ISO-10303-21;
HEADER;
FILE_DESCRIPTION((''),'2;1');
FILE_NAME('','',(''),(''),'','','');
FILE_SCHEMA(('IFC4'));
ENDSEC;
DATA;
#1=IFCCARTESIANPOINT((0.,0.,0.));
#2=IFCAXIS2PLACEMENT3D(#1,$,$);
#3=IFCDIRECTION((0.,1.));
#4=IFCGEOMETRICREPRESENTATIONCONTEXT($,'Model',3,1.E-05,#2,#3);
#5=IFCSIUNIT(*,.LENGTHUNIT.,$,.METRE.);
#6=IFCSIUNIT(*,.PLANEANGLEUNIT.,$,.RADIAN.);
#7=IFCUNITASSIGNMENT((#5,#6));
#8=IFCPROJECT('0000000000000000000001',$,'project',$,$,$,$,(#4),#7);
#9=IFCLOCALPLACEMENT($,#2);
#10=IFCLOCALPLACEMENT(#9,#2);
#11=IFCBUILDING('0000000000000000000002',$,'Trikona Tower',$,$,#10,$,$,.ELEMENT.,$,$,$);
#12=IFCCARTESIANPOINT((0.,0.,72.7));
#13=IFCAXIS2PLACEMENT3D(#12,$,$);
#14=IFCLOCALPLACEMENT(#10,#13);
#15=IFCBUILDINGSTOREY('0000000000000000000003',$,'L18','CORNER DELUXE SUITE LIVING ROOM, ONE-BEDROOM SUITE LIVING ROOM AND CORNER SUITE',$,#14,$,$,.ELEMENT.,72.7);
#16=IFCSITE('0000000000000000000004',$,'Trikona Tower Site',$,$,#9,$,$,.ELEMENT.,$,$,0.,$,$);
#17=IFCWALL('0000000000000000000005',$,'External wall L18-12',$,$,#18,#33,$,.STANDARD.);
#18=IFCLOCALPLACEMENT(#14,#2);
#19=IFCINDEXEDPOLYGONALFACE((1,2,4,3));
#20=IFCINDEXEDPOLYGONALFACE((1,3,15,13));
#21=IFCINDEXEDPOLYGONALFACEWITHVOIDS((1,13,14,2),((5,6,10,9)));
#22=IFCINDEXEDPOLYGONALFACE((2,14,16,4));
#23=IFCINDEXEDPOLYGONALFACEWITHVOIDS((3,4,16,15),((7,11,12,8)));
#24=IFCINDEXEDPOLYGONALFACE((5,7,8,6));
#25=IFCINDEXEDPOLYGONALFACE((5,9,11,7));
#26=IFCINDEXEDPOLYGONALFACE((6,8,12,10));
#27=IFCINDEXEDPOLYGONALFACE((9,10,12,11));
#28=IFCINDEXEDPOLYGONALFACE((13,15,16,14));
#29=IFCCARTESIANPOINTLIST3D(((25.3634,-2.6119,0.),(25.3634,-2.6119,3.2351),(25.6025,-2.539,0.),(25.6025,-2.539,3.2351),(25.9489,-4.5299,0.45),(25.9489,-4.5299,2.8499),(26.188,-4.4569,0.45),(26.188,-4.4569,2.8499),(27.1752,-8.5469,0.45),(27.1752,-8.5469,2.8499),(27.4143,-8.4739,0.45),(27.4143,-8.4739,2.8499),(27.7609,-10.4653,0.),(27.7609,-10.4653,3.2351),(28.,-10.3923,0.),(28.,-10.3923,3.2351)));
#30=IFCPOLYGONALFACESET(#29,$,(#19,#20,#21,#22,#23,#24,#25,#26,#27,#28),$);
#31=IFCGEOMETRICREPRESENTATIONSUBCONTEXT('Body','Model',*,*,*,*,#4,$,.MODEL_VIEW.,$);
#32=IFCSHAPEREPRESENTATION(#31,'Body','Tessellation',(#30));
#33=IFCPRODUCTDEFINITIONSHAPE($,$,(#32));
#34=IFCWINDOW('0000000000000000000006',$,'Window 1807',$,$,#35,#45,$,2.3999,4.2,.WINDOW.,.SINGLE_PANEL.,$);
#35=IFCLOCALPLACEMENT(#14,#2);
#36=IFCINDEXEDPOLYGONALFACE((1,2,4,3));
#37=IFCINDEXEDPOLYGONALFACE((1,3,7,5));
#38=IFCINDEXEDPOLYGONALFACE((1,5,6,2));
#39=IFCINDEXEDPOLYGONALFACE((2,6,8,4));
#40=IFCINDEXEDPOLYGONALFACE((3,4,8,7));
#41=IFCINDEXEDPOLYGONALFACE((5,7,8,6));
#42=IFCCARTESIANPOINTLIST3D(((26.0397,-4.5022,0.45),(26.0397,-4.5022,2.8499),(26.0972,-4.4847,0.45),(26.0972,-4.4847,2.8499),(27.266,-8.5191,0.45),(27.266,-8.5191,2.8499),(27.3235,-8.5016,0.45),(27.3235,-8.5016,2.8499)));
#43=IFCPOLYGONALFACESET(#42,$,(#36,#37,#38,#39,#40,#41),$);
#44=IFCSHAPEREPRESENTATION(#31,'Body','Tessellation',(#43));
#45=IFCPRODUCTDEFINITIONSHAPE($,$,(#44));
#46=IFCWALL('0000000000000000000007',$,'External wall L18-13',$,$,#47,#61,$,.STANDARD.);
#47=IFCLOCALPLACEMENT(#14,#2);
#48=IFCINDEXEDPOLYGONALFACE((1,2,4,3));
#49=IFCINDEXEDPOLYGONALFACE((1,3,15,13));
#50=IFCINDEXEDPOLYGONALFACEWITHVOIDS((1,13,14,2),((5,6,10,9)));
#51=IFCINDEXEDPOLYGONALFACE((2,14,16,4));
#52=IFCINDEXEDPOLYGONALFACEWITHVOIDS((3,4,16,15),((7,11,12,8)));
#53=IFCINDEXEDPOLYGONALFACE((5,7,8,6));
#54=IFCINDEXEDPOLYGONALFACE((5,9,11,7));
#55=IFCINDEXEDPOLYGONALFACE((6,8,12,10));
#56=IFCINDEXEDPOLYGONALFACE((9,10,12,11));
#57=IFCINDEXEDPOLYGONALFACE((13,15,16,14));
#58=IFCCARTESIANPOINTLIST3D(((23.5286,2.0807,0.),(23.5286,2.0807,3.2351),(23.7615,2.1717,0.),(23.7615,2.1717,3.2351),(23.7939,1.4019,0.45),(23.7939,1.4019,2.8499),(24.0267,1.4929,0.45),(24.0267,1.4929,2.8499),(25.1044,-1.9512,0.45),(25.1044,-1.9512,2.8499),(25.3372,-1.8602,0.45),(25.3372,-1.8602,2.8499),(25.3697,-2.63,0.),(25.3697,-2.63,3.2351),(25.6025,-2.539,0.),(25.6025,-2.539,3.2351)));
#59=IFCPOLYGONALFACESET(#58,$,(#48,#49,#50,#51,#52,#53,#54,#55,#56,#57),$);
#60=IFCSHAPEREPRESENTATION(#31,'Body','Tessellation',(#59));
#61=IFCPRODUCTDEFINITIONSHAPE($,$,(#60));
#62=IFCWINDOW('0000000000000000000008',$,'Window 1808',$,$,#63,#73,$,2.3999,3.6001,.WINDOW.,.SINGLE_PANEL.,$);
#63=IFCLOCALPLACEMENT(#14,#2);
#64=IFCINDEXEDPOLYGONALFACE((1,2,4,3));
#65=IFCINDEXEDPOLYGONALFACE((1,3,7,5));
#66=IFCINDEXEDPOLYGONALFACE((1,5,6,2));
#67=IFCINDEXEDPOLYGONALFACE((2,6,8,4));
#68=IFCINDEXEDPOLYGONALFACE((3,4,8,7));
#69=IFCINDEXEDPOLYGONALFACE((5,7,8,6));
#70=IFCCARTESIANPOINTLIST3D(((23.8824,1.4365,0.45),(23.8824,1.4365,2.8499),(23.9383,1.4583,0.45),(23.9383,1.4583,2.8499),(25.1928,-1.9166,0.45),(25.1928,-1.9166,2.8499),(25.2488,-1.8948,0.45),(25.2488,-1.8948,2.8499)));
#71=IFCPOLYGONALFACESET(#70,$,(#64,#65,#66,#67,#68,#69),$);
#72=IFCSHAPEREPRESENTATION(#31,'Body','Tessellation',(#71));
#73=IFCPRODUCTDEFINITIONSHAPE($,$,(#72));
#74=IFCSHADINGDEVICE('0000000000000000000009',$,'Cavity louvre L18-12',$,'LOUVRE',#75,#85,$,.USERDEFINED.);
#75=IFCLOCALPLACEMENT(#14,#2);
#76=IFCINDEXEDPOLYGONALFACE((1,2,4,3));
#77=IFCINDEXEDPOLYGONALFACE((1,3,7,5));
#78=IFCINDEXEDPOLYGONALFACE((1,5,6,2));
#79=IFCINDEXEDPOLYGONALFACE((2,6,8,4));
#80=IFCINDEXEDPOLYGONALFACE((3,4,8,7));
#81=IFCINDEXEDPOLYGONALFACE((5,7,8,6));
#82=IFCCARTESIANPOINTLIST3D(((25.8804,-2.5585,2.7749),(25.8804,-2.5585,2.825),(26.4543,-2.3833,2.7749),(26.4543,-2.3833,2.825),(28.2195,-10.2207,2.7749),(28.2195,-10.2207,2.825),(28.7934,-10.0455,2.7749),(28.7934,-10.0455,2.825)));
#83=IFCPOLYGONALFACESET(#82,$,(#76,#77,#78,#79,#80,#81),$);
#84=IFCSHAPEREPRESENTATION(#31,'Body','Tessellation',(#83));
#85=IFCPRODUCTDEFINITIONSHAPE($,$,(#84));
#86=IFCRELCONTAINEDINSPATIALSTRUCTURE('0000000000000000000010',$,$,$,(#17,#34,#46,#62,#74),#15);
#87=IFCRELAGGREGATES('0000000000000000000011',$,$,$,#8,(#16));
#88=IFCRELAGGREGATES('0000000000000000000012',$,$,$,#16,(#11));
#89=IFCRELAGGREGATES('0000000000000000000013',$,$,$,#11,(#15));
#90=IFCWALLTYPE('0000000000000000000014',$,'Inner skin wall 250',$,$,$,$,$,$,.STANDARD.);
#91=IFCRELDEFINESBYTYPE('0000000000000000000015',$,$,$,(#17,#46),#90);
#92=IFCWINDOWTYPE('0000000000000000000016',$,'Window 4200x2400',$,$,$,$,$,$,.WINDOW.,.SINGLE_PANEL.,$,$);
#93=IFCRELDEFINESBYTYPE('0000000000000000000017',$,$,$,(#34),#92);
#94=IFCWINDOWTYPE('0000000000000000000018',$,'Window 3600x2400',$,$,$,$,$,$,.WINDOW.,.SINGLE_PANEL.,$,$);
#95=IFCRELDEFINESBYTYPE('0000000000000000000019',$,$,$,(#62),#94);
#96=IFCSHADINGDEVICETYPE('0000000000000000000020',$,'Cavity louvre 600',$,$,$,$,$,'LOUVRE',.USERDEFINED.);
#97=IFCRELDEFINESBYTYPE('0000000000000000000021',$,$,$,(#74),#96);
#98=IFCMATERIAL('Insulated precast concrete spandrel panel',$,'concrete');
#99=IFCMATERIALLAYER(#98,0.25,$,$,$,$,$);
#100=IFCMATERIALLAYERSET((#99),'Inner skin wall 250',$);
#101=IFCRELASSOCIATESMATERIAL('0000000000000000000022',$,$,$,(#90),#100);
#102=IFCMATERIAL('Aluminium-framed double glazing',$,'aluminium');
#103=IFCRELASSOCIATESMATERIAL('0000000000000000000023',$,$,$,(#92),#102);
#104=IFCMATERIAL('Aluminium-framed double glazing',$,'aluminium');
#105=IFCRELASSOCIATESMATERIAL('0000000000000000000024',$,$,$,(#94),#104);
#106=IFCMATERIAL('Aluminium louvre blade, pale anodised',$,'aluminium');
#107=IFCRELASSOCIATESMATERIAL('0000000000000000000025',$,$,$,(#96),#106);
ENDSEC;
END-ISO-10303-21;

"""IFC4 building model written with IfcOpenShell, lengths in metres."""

from ifc_helpers import new_model, si_unit, direction, frame, frame_2d, origin, origin_2d, place, context, subcontext, project, spatial, rectangle, extrude, material, layer, layer_set, type_object, element, fill, save


model = new_model("IFC4")

# Units and contexts
model_context = context("Model", 3, precision=1e-05, world=origin(), true_north=direction((0.0, 1.0)))
body_context = subcontext(model_context, "Body", "Model", "MODEL_VIEW")
ifc_project = project(units=[si_unit("LENGTHUNIT", "METRE"), si_unit("PLANEANGLEUNIT", "RADIAN")], contexts=[model_context])

# Site, building, storey
site_placement = place(None, origin())
site = spatial("IfcSite", under=ifc_project, at=site_placement, Name="Trikona Tower Site", CompositionType="ELEMENT", RefElevation=0.0)
building_placement = place(site_placement, origin())
building = spatial("IfcBuilding", under=site, at=building_placement, Name="Trikona Tower", CompositionType="ELEMENT")
storey_placement = place(building_placement, frame((0.0, 0.0, 72.7)))
storey = spatial("IfcBuildingStorey", under=building, at=storey_placement, Name="L18", Description="CORNER DELUXE SUITE LIVING ROOM, ONE-BEDROOM SUITE LIVING ROOM AND CORNER SUITE", CompositionType="ELEMENT", Elevation=72.7)

# Walls, openings, windows
ifc_material_1 = material(Name="Insulated precast concrete spandrel panel", Category="concrete")
ifc_layer_1 = layer(ifc_material_1, 0.25)
ifc_layer_set_1 = layer_set([ifc_layer_1], Name="Inner skin wall 250")
wall_type = type_object("IfcWallType", Name="Inner skin wall 250", PredefinedType="STANDARD", material=ifc_layer_set_1)
wall_1_placement = place(storey_placement, frame((27.8804, -10.4287, 0.0), z_axis=(0.0, 0.0, 1.0), x_axis=(-0.291979, 0.956425, 0.0)))
wall_1 = element("IfcWall", 1, at=wall_1_placement, inside=storey, type_object=wall_type, Name="External wall L18-12", PredefinedType="STANDARD", context=body_context, shape_type="SweptSolid", body=[
    extrude(rectangle(XDim=8.2112, YDim=0.25, at=frame_2d((4.1055, 0.0))), origin(), (0.0, 0.0, 1.0), 3.2351),
])
opening_1_placement = place(wall_1_placement, frame((2.0056, 0.0, 0.45)))
opening_1 = element("IfcOpeningElement", 2, at=opening_1_placement, cuts=wall_1, PredefinedType="OPENING", context=body_context, shape_type="SweptSolid", body=[
    extrude(rectangle(XDim=4.2, YDim=2.3999, at=frame_2d((2.1001, 1.2))), frame((0.0, 0.135, 0.0), z_axis=(0.0, -1.0, 0.0), x_axis=(1.0, 0.0, 0.0)), (0.0, 0.0, 1.0), 0.27),
])
ifc_material_2 = material(Name="Aluminium-framed double glazing", Category="aluminium")
window_type_1 = type_object("IfcWindowType", Name="Window 4200x2400", PartitioningType="SINGLE_PANEL", PredefinedType="WINDOW", material=ifc_material_2)
window_1_placement = place(opening_1_placement, origin())
window_1 = element("IfcWindow", 3, at=window_1_placement, inside=storey, type_object=window_type_1, Name="Window 1807", OverallHeight=2.3999, OverallWidth=4.2, PartitioningType="SINGLE_PANEL", PredefinedType="WINDOW", context=body_context, shape_type="SweptSolid", body=[
    extrude(rectangle(XDim=4.2, YDim=2.3999, at=frame_2d((2.1001, 1.2))), frame((0.0, 0.03, 0.0), z_axis=(0.0, -1.0, 0.0), x_axis=(1.0, 0.0, 0.0)), (0.0, 0.0, 1.0), 0.0601),
])
fill(opening_1, window_1)
wall_2_placement = place(storey_placement, frame((25.4861, -2.5845, 0.0), z_axis=(0.0, 0.0, 1.0), x_axis=(-0.364013, 0.931394, 0.0)))
wall_2 = element("IfcWall", 4, at=wall_2_placement, inside=storey, type_object=wall_type, Name="External wall L18-13", PredefinedType="STANDARD", context=body_context, shape_type="SweptSolid", body=[
    extrude(rectangle(XDim=5.0576, YDim=0.25, at=frame_2d((2.5288, 0.0))), origin(), (0.0, 0.0, 1.0), 3.2351),
])
opening_2_placement = place(wall_2_placement, frame((0.7288, 0.0, 0.45)))
opening_2 = element("IfcOpeningElement", 5, at=opening_2_placement, cuts=wall_2, PredefinedType="OPENING", context=body_context, shape_type="SweptSolid", body=[
    extrude(rectangle(XDim=3.6001, YDim=2.3999, at=frame_2d((1.8, 1.2))), frame((0.0, 0.135, 0.0), z_axis=(0.0, -1.0, 0.0), x_axis=(1.0, 0.0, 0.0)), (0.0, 0.0, 1.0), 0.27),
])
ifc_material_3 = material(Name="Aluminium-framed double glazing", Category="aluminium")
window_type_2 = type_object("IfcWindowType", Name="Window 3600x2400", PartitioningType="SINGLE_PANEL", PredefinedType="WINDOW", material=ifc_material_3)
window_2_placement = place(opening_2_placement, origin())
window_2 = element("IfcWindow", 6, at=window_2_placement, inside=storey, type_object=window_type_2, Name="Window 1808", OverallHeight=2.3999, OverallWidth=3.6001, PartitioningType="SINGLE_PANEL", PredefinedType="WINDOW", context=body_context, shape_type="SweptSolid", body=[
    extrude(rectangle(XDim=3.6001, YDim=2.3999, at=frame_2d((1.8, 1.2))), frame((0.0, 0.03, 0.0), z_axis=(0.0, -1.0, 0.0), x_axis=(1.0, 0.0, 0.0)), (0.0, 0.0, 1.0), 0.0601),
])
fill(opening_2, window_2)

# Shading device
ifc_material_4 = material(Name="Aluminium louvre blade, pale anodised", Category="aluminium")
shading_device_type = type_object("IfcShadingDeviceType", Name="Cavity louvre 600", ElementType="LOUVRE", PredefinedType="USERDEFINED", material=ifc_material_4)
shading_device_placement = place(storey_placement, frame((27.3369, -6.302, 2.7749), z_axis=(0.0, 0.0, 1.0), x_axis=(-0.291979, 0.956425, 0.0)))
element("IfcShadingDevice", 7, at=shading_device_placement, inside=storey, type_object=shading_device_type, Name="Cavity louvre L18-12", ObjectType="LOUVRE", PredefinedType="USERDEFINED", context=body_context, shape_type="SweptSolid", body=[
    extrude(rectangle(XDim=8.0112, YDim=0.6001, at=origin_2d()), origin(), (0.0, 0.0, 1.0), 0.05),
])

save(model, "model.ifc")
